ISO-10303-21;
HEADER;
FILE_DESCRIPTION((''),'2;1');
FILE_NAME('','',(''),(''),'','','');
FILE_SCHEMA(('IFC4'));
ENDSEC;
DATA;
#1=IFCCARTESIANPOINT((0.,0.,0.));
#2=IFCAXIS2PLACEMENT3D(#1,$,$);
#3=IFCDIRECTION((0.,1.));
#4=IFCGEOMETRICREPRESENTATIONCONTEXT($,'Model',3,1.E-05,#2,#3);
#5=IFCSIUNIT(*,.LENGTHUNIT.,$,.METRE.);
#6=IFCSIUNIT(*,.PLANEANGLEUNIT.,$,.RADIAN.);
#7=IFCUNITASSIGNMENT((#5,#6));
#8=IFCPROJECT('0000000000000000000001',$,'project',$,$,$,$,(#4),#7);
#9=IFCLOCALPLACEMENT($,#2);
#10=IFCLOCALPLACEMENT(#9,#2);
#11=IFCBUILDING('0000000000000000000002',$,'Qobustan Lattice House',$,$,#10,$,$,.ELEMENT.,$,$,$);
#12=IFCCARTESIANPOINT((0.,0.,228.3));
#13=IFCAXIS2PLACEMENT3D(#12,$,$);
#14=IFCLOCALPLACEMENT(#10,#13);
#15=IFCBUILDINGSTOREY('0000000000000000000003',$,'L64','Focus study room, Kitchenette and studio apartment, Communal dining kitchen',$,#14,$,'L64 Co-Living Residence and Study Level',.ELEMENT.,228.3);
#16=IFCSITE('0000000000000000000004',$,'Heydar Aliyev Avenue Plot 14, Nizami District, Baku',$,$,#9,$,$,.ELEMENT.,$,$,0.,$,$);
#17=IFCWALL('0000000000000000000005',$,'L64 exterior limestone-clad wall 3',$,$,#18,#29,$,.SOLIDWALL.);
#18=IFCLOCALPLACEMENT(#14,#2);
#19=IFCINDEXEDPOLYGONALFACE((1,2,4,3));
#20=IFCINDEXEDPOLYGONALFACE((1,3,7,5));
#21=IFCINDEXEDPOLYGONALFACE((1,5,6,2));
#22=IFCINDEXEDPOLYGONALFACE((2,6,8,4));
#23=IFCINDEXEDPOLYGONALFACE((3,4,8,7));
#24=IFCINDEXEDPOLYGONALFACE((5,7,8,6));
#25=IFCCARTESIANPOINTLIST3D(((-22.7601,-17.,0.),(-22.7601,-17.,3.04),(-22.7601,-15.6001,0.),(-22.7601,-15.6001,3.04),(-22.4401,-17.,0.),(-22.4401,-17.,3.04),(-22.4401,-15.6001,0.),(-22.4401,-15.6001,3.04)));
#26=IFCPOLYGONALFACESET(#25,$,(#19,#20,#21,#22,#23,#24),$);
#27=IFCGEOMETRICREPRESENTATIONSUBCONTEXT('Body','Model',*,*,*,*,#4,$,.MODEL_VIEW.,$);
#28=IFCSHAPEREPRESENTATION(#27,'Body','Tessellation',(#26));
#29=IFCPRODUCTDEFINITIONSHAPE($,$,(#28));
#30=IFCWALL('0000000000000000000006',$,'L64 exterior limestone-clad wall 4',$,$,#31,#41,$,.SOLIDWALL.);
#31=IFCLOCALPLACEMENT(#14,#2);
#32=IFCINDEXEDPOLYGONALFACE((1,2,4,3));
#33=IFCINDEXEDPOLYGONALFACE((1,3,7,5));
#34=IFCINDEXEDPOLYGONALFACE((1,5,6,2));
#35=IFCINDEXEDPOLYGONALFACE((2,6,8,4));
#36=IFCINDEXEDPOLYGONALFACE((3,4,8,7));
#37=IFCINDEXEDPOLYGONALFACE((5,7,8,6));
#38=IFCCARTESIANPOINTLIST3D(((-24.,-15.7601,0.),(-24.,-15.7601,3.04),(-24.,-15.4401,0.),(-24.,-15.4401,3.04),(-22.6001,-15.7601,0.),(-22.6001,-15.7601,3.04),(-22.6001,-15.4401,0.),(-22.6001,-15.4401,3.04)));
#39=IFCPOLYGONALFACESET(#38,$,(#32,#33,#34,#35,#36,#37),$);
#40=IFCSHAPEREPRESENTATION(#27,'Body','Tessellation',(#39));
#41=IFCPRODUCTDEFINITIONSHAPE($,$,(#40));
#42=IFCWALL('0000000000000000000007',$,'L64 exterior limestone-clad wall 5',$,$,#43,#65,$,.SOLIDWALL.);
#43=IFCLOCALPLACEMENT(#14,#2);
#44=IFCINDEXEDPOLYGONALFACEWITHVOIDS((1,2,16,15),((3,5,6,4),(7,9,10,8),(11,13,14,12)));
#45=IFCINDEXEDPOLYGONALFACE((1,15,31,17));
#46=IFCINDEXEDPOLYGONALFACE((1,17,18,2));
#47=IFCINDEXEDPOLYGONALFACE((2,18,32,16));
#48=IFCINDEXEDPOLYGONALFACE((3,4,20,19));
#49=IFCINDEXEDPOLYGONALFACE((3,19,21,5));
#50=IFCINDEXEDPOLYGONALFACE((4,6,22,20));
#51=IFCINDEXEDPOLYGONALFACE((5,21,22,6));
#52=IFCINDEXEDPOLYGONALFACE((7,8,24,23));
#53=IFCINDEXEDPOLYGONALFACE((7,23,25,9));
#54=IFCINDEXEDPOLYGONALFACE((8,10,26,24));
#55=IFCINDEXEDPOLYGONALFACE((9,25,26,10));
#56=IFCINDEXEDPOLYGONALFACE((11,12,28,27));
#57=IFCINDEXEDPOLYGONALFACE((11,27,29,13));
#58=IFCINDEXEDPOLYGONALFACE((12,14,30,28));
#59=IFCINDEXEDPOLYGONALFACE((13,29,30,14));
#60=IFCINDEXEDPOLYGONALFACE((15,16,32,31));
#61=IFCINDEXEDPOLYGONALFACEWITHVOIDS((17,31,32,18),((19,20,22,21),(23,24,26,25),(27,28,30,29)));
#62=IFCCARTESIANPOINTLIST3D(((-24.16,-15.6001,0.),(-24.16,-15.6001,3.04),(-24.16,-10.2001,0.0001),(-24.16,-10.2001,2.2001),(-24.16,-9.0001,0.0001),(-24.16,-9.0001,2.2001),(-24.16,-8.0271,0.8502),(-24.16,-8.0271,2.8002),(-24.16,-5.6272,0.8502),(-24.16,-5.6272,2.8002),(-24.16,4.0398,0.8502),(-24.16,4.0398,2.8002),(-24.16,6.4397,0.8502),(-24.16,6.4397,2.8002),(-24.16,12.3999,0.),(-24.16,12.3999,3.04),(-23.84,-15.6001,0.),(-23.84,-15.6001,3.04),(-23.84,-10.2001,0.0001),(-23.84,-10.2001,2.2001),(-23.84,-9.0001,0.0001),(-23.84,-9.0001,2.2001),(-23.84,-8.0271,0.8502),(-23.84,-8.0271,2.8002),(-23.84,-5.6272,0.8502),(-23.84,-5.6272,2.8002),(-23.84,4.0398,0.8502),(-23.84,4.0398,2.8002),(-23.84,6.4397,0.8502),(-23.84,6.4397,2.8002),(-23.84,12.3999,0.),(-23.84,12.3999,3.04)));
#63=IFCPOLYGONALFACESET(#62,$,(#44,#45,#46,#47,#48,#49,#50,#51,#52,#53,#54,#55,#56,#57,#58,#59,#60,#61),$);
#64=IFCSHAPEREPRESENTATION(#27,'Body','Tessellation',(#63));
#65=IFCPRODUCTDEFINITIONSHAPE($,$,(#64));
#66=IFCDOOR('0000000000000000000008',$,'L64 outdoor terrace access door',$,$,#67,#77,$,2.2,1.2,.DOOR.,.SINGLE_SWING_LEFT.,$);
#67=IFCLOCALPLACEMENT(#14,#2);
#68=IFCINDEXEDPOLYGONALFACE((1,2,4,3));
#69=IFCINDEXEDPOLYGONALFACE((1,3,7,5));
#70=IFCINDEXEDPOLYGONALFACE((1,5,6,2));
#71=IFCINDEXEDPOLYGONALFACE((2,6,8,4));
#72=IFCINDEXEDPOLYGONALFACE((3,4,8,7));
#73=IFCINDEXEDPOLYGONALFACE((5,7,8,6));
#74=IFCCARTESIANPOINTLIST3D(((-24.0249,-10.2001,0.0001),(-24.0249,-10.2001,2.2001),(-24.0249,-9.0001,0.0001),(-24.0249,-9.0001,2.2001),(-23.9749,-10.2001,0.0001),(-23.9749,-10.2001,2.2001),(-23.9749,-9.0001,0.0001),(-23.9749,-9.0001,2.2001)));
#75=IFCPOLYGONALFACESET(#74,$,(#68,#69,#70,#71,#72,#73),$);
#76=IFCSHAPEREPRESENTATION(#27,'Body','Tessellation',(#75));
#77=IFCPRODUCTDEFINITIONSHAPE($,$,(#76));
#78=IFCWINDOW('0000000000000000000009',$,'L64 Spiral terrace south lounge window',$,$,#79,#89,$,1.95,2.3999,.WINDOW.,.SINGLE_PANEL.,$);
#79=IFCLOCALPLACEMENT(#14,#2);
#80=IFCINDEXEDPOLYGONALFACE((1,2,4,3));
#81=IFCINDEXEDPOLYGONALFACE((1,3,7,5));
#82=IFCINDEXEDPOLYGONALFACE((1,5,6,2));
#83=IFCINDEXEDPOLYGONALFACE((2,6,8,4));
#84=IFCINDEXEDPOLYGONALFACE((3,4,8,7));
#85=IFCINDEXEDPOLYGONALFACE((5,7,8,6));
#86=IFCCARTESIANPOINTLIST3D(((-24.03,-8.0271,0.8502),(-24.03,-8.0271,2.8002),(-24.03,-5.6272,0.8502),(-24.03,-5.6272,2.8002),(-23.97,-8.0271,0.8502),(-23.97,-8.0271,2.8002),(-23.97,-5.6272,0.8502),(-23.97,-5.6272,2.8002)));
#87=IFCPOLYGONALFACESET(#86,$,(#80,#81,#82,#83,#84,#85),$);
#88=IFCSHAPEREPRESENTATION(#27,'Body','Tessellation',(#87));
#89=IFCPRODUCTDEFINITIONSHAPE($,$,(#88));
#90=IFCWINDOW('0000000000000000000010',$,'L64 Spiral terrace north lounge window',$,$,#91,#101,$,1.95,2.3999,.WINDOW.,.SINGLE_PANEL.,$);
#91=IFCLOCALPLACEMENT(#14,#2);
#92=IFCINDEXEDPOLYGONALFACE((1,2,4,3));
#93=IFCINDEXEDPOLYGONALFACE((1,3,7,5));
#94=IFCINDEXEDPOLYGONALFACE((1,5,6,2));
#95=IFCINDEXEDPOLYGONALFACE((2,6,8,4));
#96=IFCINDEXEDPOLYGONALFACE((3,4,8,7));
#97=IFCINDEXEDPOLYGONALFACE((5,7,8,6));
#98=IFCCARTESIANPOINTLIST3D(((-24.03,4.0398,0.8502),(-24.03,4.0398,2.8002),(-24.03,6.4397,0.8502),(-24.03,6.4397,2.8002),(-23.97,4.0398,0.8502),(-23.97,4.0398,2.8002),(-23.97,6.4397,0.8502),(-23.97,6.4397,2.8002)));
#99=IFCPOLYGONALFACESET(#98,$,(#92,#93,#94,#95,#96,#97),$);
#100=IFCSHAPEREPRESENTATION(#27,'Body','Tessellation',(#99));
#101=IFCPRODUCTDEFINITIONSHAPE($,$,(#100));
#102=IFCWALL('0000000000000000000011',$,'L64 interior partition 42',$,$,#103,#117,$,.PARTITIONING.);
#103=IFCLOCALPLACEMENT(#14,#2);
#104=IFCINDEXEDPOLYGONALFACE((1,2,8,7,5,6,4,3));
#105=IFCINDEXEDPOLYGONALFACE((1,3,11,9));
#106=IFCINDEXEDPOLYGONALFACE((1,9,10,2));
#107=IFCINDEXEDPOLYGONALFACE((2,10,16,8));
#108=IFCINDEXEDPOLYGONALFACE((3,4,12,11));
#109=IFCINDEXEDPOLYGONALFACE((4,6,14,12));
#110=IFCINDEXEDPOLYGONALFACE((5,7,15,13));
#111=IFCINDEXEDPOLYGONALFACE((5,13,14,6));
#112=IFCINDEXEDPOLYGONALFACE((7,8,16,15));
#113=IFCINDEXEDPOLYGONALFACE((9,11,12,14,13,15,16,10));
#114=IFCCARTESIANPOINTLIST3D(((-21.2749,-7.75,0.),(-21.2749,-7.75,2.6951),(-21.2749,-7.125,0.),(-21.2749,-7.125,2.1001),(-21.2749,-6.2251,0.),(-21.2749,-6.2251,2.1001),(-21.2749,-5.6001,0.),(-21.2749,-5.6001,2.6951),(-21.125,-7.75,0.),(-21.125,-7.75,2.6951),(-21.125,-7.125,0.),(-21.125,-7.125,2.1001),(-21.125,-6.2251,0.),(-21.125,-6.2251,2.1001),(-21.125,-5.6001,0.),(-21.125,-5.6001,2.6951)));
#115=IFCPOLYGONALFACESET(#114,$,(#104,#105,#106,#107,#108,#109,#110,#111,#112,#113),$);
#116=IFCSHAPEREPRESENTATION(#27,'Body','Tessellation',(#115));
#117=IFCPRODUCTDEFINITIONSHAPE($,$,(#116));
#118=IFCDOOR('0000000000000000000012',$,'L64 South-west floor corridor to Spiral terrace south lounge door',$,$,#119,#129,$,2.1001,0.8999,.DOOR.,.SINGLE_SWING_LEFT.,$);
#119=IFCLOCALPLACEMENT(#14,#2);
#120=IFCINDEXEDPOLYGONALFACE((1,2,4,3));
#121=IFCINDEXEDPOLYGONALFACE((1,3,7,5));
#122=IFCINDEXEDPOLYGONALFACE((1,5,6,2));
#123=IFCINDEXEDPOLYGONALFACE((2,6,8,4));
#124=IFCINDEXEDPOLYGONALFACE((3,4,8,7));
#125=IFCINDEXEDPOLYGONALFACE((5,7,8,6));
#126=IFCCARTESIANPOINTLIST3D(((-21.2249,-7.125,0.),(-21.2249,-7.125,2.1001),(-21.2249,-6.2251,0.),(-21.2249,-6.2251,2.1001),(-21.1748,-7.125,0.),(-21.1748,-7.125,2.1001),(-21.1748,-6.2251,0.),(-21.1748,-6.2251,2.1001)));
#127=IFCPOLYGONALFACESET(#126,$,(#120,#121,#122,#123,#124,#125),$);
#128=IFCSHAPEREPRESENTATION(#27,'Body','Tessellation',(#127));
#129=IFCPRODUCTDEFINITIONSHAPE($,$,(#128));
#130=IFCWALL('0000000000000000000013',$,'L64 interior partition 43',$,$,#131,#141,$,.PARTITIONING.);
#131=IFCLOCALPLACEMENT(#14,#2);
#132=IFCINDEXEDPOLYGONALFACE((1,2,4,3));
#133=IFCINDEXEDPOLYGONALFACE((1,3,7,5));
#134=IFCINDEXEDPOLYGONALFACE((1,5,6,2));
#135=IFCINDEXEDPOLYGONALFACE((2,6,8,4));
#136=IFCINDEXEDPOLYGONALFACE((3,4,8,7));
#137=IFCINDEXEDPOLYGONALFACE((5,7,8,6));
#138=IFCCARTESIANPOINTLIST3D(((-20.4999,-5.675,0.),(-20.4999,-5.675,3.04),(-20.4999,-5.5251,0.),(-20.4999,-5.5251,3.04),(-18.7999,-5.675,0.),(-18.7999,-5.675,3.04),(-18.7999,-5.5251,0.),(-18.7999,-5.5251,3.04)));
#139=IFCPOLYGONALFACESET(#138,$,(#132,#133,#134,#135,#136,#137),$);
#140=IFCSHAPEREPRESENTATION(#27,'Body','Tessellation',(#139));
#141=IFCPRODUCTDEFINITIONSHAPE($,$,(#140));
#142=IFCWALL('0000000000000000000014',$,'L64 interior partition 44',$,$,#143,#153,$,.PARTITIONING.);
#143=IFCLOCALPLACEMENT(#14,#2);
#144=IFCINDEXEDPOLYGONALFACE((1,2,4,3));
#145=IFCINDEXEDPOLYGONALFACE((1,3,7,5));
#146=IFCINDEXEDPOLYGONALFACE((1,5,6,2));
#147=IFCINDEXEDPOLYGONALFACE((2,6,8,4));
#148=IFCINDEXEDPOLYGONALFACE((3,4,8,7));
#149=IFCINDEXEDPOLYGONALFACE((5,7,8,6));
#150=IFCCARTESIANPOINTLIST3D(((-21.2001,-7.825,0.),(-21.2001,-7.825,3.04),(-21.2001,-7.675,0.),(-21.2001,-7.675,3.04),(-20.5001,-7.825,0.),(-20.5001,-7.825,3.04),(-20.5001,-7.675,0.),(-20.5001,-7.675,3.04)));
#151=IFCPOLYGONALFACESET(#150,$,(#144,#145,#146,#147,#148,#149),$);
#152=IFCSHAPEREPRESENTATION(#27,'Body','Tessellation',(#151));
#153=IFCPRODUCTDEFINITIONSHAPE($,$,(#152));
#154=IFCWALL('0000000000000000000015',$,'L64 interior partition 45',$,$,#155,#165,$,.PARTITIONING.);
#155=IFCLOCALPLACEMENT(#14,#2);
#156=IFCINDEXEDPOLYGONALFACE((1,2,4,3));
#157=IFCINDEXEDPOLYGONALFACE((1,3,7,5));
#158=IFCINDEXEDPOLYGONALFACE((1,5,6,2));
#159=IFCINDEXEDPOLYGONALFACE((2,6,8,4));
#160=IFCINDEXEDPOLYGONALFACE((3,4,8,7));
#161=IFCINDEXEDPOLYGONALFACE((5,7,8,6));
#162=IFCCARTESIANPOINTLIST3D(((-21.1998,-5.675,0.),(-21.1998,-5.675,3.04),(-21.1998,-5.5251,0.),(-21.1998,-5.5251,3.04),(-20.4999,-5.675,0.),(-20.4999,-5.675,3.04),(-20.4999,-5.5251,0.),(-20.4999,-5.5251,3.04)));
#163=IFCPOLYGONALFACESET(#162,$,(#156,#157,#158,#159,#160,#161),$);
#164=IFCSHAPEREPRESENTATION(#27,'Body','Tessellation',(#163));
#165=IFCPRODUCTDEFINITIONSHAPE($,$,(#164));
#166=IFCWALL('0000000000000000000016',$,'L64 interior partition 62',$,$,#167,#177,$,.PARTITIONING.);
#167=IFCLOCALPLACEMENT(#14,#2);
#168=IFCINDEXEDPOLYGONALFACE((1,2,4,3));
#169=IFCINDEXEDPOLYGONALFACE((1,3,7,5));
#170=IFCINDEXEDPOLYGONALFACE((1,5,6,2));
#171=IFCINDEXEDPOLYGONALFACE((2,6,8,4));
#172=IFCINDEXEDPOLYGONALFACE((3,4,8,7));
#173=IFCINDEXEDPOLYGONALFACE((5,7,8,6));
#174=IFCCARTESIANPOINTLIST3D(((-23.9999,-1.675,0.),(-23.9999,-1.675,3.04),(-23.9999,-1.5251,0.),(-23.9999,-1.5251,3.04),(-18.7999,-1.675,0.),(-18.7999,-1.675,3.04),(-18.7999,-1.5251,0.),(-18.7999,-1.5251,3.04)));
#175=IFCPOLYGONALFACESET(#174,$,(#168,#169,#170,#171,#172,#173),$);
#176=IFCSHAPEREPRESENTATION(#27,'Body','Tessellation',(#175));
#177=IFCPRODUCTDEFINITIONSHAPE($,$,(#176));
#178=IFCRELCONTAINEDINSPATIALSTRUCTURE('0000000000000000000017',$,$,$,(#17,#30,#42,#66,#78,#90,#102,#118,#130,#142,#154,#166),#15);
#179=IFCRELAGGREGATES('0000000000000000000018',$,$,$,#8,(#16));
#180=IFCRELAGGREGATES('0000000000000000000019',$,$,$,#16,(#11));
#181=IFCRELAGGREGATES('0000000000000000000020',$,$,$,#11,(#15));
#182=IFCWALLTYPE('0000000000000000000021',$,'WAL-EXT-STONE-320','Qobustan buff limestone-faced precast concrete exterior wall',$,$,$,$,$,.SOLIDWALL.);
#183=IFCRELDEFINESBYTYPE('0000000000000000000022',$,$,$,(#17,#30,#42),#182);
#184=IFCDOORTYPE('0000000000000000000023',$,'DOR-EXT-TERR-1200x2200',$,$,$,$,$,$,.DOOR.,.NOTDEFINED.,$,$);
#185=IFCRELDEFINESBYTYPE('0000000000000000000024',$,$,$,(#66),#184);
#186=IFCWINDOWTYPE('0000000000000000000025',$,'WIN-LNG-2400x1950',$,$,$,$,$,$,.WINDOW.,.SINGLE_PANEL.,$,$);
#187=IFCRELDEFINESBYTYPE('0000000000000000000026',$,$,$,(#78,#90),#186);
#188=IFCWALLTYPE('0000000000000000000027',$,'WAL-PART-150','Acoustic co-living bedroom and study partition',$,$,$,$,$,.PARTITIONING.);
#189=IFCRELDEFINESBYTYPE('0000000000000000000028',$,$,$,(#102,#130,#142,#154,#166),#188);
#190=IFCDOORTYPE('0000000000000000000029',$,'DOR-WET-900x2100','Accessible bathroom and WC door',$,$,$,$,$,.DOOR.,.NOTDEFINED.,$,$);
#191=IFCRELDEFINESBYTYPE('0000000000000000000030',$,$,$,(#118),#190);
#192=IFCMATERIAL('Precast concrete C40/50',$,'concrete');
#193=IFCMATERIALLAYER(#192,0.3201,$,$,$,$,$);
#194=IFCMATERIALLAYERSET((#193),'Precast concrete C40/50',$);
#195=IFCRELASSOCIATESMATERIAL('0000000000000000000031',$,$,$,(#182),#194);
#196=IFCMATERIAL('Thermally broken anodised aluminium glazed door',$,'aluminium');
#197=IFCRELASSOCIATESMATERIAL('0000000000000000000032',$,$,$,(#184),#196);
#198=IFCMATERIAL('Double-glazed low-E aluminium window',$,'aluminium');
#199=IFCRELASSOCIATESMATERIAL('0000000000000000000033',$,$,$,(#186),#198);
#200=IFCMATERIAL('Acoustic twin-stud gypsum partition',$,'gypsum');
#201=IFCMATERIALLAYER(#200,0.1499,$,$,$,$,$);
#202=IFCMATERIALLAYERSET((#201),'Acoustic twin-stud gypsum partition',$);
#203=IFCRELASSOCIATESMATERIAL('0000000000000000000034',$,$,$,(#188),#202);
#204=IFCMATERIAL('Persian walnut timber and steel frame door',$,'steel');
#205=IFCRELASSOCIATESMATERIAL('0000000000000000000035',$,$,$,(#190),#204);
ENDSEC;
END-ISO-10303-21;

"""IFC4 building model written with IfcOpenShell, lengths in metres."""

from ifc_helpers import new_model, si_unit, direction, frame, frame_2d, origin, place, context, subcontext, project, spatial, rectangle, extrude, material, layer, layer_set, type_object, element, fill, save


model = new_model("IFC4")

# Units and contexts
model_context = context("Model", 3, precision=1e-05, world=origin(), true_north=direction((0.0, 1.0)))
body_context = subcontext(model_context, "Body", "Model", "MODEL_VIEW")
ifc_project = project(units=[si_unit("LENGTHUNIT", "METRE"), si_unit("PLANEANGLEUNIT", "RADIAN")], contexts=[model_context])

# Site, building, storey
site_placement = place(None, origin())
site = spatial("IfcSite", under=ifc_project, at=site_placement, Name="Heydar Aliyev Avenue Plot 14, Nizami District, Baku", CompositionType="ELEMENT", RefElevation=0.0)
building_placement = place(site_placement, origin())
building = spatial("IfcBuilding", under=site, at=building_placement, Name="Qobustan Lattice House", CompositionType="ELEMENT")
storey_placement = place(building_placement, frame((0.0, 0.0, 228.3)))
storey = spatial("IfcBuildingStorey", under=building, at=storey_placement, Name="L64", Description="Focus study room, Kitchenette and studio apartment, Communal dining kitchen", LongName="L64 Co-Living Residence and Study Level", CompositionType="ELEMENT", Elevation=228.3)

# Walls
ifc_material_1 = material(Name="Precast concrete C40/50", Category="concrete")
ifc_layer_1 = layer(ifc_material_1, 0.3201)
ifc_layer_set_1 = layer_set([ifc_layer_1], Name="Precast concrete C40/50")
wall_type_1 = type_object("IfcWallType", Name="WAL-EXT-STONE-320", Description="Qobustan buff limestone-faced precast concrete exterior wall", PredefinedType="SOLIDWALL", material=ifc_layer_set_1)
for number, where, z_axis, x_axis, name in (
    (1, (-22.6001, -17.0, 0.0), (0.0, 0.0, 1.0), (0.0, 1.0, 0.0), "L64 exterior limestone-clad wall 3"),
    (2, (-22.6001, -15.6001, 0.0), (0.0, 0.0, 1.0), (-1.0, 0.0, 0.0), "L64 exterior limestone-clad wall 4"),
):
    element("IfcWall", number, at=place(storey_placement, frame(where, z_axis=z_axis, x_axis=x_axis)), inside=storey, type_object=wall_type_1, Name=name, PredefinedType="SOLIDWALL", context=body_context, shape_type="SweptSolid", body=[
        extrude(rectangle(XDim=1.3999, YDim=0.3201, at=frame_2d((0.7, 0.0))), origin(), (0.0, 0.0, 1.0), 3.04),
    ])

# Wall, openings, door, windows
wall_1_placement = place(storey_placement, frame((-24.0, -15.6001, 0.0), z_axis=(0.0, 0.0, 1.0), x_axis=(0.0, 1.0, 0.0)))
wall_1 = element("IfcWall", 3, at=wall_1_placement, inside=storey, type_object=wall_type_1, Name="L64 exterior limestone-clad wall 5", PredefinedType="SOLIDWALL", context=body_context, shape_type="SweptSolid", body=[
    extrude(rectangle(XDim=28.0, YDim=0.3201, at=frame_2d((14.0, 0.0))), origin(), (0.0, 0.0, 1.0), 3.04),
])
opening_1_placement = place(wall_1_placement, frame((5.3999, 0.0, 0.0)))
opening_1 = element("IfcOpeningElement", 4, at=opening_1_placement, cuts=wall_1, PredefinedType="OPENING", context=body_context, shape_type="SweptSolid", body=[
    extrude(rectangle(XDim=1.2, YDim=2.2, at=frame_2d((0.6001, 1.1001))), frame((0.0, 0.1699, 0.0), z_axis=(0.0, -1.0, 0.0), x_axis=(1.0, 0.0, 0.0)), (0.0, 0.0, 1.0), 0.3401),
])
opening_2_placement = place(wall_1_placement, frame((7.573, 0.0, 0.8501)))
opening_2 = element("IfcOpeningElement", 5, at=opening_2_placement, cuts=wall_1, PredefinedType="OPENING", context=body_context, shape_type="SweptSolid", body=[
    extrude(rectangle(XDim=2.3999, YDim=1.95, at=frame_2d((1.2, 0.9751))), frame((0.0, 0.1699, 0.0), z_axis=(0.0, -1.0, 0.0), x_axis=(1.0, 0.0, 0.0)), (0.0, 0.0, 1.0), 0.3401),
])
opening_3_placement = place(wall_1_placement, frame((19.6399, 0.0, 0.8501)))
opening_3 = element("IfcOpeningElement", 6, at=opening_3_placement, cuts=wall_1, PredefinedType="OPENING", context=body_context, shape_type="SweptSolid", body=[
    extrude(rectangle(XDim=2.3999, YDim=1.95, at=frame_2d((1.2, 0.9751))), frame((0.0, 0.1699, 0.0), z_axis=(0.0, -1.0, 0.0), x_axis=(1.0, 0.0, 0.0)), (0.0, 0.0, 1.0), 0.3401),
])
ifc_material_2 = material(Name="Thermally broken anodised aluminium glazed door", Category="aluminium")
door_type_1 = type_object("IfcDoorType", Name="DOR-EXT-TERR-1200x2200", OperationType="NOTDEFINED", PredefinedType="DOOR", material=ifc_material_2)
door_1_placement = place(opening_1_placement, origin())
door_1 = element("IfcDoor", 7, at=door_1_placement, inside=storey, type_object=door_type_1, Name="L64 outdoor terrace access door", OperationType="SINGLE_SWING_LEFT", OverallHeight=2.2, OverallWidth=1.2, PredefinedType="DOOR", context=body_context, shape_type="SweptSolid", body=[
    extrude(rectangle(XDim=1.2, YDim=2.2, at=frame_2d((0.6001, 1.1001))), frame((0.0, 0.0249, 0.0), z_axis=(0.0, -1.0, 0.0), x_axis=(1.0, 0.0, 0.0)), (0.0, 0.0, 1.0), 0.05),
])
fill(opening_1, door_1)
ifc_material_3 = material(Name="Double-glazed low-E aluminium window", Category="aluminium")
window_type = type_object("IfcWindowType", Name="WIN-LNG-2400x1950", PartitioningType="SINGLE_PANEL", PredefinedType="WINDOW", material=ifc_material_3)
window_1_placement = place(opening_2_placement, origin())
window_1 = element("IfcWindow", 8, at=window_1_placement, inside=storey, type_object=window_type, Name="L64 Spiral terrace south lounge window", OverallHeight=1.95, OverallWidth=2.3999, PartitioningType="SINGLE_PANEL", PredefinedType="WINDOW", context=body_context, shape_type="SweptSolid", body=[
    extrude(rectangle(XDim=2.3999, YDim=1.95, at=frame_2d((1.2, 0.9751))), frame((0.0, 0.03, 0.0), z_axis=(0.0, -1.0, 0.0), x_axis=(1.0, 0.0, 0.0)), (0.0, 0.0, 1.0), 0.0601),
])
fill(opening_2, window_1)
window_2_placement = place(opening_3_placement, origin())
window_2 = element("IfcWindow", 9, at=window_2_placement, inside=storey, type_object=window_type, Name="L64 Spiral terrace north lounge window", OverallHeight=1.95, OverallWidth=2.3999, PartitioningType="SINGLE_PANEL", PredefinedType="WINDOW", context=body_context, shape_type="SweptSolid", body=[
    extrude(rectangle(XDim=2.3999, YDim=1.95, at=frame_2d((1.2, 0.9751))), frame((0.0, 0.03, 0.0), z_axis=(0.0, -1.0, 0.0), x_axis=(1.0, 0.0, 0.0)), (0.0, 0.0, 1.0), 0.0601),
])
fill(opening_3, window_2)

# Wall, opening, door
ifc_material_4 = material(Name="Acoustic twin-stud gypsum partition", Category="gypsum")
ifc_layer_2 = layer(ifc_material_4, 0.1499)
ifc_layer_set_2 = layer_set([ifc_layer_2], Name="Acoustic twin-stud gypsum partition")
wall_type_2 = type_object("IfcWallType", Name="WAL-PART-150", Description="Acoustic co-living bedroom and study partition", PredefinedType="PARTITIONING", material=ifc_layer_set_2)
wall_2_placement = place(storey_placement, frame((-21.2, -7.75, 0.0), z_axis=(0.0, 0.0, 1.0), x_axis=(0.0, 1.0, 0.0)))
wall_2 = element("IfcWall", 10, at=wall_2_placement, inside=storey, type_object=wall_type_2, Name="L64 interior partition 42", PredefinedType="PARTITIONING", context=body_context, shape_type="SweptSolid", body=[
    extrude(rectangle(XDim=2.1499, YDim=0.1499, at=frame_2d((1.075, 0.0))), origin(), (0.0, 0.0, 1.0), 2.6951),
])
opening_4_placement = place(wall_2_placement, frame((0.625, 0.0, 0.0)))
opening_4 = element("IfcOpeningElement", 11, at=opening_4_placement, cuts=wall_2, PredefinedType="OPENING", context=body_context, shape_type="SweptSolid", body=[
    extrude(rectangle(XDim=0.8999, YDim=2.1001, at=frame_2d((0.45, 1.05))), frame((0.0, 0.085, 0.0), z_axis=(0.0, -1.0, 0.0), x_axis=(1.0, 0.0, 0.0)), (0.0, 0.0, 1.0), 0.1699),
])
ifc_material_5 = material(Name="Persian walnut timber and steel frame door", Category="steel")
door_type_2 = type_object("IfcDoorType", Name="DOR-WET-900x2100", Description="Accessible bathroom and WC door", OperationType="NOTDEFINED", PredefinedType="DOOR", material=ifc_material_5)
door_2_placement = place(opening_4_placement, origin())
door_2 = element("IfcDoor", 12, at=door_2_placement, inside=storey, type_object=door_type_2, Name="L64 South-west floor corridor to Spiral terrace south lounge door", OperationType="SINGLE_SWING_LEFT", OverallHeight=2.1001, OverallWidth=0.8999, PredefinedType="DOOR", context=body_context, shape_type="SweptSolid", body=[
    extrude(rectangle(XDim=0.8999, YDim=2.1001, at=frame_2d((0.45, 1.05))), frame((0.0, 0.0249, 0.0), z_axis=(0.0, -1.0, 0.0), x_axis=(1.0, 0.0, 0.0)), (0.0, 0.0, 1.0), 0.05),
])
fill(opening_4, door_2)

# Walls
wall_3_placement = place(storey_placement, frame((-20.5, -5.6001, 0.0), z_axis=(0.0, 0.0, 1.0), x_axis=(1.0, 0.0, 0.0)))
element("IfcWall", 13, at=wall_3_placement, inside=storey, type_object=wall_type_2, Name="L64 interior partition 43", PredefinedType="PARTITIONING", context=body_context, shape_type="SweptSolid", body=[
    extrude(rectangle(XDim=1.7, YDim=0.1499, at=frame_2d((0.8501, 0.0))), origin(), (0.0, 0.0, 1.0), 3.04),
])
for number, where, z_axis, x_axis, name in (
    (14, (-20.5, -7.75, 0.0), (0.0, 0.0, 1.0), (-1.0, 0.0, 0.0), "L64 interior partition 44"),
    (15, (-21.2, -5.6001, 0.0), (0.0, 0.0, 1.0), (1.0, 0.0, 0.0), "L64 interior partition 45"),
):
    element("IfcWall", number, at=place(storey_placement, frame(where, z_axis=z_axis, x_axis=x_axis)), inside=storey, type_object=wall_type_2, Name=name, PredefinedType="PARTITIONING", context=body_context, shape_type="SweptSolid", body=[
        extrude(rectangle(XDim=0.7, YDim=0.1499, at=frame_2d((0.3501, 0.0))), origin(), (0.0, 0.0, 1.0), 3.04),
    ])
wall_4_placement = place(storey_placement, frame((-24.0, -1.6001, 0.0), z_axis=(0.0, 0.0, 1.0), x_axis=(1.0, 0.0, 0.0)))
element("IfcWall", 16, at=wall_4_placement, inside=storey, type_object=wall_type_2, Name="L64 interior partition 62", PredefinedType="PARTITIONING", context=body_context, shape_type="SweptSolid", body=[
    extrude(rectangle(XDim=5.2, YDim=0.1499, at=frame_2d((2.6001, 0.0))), origin(), (0.0, 0.0, 1.0), 3.04),
])

save(model, "model.ifc")
